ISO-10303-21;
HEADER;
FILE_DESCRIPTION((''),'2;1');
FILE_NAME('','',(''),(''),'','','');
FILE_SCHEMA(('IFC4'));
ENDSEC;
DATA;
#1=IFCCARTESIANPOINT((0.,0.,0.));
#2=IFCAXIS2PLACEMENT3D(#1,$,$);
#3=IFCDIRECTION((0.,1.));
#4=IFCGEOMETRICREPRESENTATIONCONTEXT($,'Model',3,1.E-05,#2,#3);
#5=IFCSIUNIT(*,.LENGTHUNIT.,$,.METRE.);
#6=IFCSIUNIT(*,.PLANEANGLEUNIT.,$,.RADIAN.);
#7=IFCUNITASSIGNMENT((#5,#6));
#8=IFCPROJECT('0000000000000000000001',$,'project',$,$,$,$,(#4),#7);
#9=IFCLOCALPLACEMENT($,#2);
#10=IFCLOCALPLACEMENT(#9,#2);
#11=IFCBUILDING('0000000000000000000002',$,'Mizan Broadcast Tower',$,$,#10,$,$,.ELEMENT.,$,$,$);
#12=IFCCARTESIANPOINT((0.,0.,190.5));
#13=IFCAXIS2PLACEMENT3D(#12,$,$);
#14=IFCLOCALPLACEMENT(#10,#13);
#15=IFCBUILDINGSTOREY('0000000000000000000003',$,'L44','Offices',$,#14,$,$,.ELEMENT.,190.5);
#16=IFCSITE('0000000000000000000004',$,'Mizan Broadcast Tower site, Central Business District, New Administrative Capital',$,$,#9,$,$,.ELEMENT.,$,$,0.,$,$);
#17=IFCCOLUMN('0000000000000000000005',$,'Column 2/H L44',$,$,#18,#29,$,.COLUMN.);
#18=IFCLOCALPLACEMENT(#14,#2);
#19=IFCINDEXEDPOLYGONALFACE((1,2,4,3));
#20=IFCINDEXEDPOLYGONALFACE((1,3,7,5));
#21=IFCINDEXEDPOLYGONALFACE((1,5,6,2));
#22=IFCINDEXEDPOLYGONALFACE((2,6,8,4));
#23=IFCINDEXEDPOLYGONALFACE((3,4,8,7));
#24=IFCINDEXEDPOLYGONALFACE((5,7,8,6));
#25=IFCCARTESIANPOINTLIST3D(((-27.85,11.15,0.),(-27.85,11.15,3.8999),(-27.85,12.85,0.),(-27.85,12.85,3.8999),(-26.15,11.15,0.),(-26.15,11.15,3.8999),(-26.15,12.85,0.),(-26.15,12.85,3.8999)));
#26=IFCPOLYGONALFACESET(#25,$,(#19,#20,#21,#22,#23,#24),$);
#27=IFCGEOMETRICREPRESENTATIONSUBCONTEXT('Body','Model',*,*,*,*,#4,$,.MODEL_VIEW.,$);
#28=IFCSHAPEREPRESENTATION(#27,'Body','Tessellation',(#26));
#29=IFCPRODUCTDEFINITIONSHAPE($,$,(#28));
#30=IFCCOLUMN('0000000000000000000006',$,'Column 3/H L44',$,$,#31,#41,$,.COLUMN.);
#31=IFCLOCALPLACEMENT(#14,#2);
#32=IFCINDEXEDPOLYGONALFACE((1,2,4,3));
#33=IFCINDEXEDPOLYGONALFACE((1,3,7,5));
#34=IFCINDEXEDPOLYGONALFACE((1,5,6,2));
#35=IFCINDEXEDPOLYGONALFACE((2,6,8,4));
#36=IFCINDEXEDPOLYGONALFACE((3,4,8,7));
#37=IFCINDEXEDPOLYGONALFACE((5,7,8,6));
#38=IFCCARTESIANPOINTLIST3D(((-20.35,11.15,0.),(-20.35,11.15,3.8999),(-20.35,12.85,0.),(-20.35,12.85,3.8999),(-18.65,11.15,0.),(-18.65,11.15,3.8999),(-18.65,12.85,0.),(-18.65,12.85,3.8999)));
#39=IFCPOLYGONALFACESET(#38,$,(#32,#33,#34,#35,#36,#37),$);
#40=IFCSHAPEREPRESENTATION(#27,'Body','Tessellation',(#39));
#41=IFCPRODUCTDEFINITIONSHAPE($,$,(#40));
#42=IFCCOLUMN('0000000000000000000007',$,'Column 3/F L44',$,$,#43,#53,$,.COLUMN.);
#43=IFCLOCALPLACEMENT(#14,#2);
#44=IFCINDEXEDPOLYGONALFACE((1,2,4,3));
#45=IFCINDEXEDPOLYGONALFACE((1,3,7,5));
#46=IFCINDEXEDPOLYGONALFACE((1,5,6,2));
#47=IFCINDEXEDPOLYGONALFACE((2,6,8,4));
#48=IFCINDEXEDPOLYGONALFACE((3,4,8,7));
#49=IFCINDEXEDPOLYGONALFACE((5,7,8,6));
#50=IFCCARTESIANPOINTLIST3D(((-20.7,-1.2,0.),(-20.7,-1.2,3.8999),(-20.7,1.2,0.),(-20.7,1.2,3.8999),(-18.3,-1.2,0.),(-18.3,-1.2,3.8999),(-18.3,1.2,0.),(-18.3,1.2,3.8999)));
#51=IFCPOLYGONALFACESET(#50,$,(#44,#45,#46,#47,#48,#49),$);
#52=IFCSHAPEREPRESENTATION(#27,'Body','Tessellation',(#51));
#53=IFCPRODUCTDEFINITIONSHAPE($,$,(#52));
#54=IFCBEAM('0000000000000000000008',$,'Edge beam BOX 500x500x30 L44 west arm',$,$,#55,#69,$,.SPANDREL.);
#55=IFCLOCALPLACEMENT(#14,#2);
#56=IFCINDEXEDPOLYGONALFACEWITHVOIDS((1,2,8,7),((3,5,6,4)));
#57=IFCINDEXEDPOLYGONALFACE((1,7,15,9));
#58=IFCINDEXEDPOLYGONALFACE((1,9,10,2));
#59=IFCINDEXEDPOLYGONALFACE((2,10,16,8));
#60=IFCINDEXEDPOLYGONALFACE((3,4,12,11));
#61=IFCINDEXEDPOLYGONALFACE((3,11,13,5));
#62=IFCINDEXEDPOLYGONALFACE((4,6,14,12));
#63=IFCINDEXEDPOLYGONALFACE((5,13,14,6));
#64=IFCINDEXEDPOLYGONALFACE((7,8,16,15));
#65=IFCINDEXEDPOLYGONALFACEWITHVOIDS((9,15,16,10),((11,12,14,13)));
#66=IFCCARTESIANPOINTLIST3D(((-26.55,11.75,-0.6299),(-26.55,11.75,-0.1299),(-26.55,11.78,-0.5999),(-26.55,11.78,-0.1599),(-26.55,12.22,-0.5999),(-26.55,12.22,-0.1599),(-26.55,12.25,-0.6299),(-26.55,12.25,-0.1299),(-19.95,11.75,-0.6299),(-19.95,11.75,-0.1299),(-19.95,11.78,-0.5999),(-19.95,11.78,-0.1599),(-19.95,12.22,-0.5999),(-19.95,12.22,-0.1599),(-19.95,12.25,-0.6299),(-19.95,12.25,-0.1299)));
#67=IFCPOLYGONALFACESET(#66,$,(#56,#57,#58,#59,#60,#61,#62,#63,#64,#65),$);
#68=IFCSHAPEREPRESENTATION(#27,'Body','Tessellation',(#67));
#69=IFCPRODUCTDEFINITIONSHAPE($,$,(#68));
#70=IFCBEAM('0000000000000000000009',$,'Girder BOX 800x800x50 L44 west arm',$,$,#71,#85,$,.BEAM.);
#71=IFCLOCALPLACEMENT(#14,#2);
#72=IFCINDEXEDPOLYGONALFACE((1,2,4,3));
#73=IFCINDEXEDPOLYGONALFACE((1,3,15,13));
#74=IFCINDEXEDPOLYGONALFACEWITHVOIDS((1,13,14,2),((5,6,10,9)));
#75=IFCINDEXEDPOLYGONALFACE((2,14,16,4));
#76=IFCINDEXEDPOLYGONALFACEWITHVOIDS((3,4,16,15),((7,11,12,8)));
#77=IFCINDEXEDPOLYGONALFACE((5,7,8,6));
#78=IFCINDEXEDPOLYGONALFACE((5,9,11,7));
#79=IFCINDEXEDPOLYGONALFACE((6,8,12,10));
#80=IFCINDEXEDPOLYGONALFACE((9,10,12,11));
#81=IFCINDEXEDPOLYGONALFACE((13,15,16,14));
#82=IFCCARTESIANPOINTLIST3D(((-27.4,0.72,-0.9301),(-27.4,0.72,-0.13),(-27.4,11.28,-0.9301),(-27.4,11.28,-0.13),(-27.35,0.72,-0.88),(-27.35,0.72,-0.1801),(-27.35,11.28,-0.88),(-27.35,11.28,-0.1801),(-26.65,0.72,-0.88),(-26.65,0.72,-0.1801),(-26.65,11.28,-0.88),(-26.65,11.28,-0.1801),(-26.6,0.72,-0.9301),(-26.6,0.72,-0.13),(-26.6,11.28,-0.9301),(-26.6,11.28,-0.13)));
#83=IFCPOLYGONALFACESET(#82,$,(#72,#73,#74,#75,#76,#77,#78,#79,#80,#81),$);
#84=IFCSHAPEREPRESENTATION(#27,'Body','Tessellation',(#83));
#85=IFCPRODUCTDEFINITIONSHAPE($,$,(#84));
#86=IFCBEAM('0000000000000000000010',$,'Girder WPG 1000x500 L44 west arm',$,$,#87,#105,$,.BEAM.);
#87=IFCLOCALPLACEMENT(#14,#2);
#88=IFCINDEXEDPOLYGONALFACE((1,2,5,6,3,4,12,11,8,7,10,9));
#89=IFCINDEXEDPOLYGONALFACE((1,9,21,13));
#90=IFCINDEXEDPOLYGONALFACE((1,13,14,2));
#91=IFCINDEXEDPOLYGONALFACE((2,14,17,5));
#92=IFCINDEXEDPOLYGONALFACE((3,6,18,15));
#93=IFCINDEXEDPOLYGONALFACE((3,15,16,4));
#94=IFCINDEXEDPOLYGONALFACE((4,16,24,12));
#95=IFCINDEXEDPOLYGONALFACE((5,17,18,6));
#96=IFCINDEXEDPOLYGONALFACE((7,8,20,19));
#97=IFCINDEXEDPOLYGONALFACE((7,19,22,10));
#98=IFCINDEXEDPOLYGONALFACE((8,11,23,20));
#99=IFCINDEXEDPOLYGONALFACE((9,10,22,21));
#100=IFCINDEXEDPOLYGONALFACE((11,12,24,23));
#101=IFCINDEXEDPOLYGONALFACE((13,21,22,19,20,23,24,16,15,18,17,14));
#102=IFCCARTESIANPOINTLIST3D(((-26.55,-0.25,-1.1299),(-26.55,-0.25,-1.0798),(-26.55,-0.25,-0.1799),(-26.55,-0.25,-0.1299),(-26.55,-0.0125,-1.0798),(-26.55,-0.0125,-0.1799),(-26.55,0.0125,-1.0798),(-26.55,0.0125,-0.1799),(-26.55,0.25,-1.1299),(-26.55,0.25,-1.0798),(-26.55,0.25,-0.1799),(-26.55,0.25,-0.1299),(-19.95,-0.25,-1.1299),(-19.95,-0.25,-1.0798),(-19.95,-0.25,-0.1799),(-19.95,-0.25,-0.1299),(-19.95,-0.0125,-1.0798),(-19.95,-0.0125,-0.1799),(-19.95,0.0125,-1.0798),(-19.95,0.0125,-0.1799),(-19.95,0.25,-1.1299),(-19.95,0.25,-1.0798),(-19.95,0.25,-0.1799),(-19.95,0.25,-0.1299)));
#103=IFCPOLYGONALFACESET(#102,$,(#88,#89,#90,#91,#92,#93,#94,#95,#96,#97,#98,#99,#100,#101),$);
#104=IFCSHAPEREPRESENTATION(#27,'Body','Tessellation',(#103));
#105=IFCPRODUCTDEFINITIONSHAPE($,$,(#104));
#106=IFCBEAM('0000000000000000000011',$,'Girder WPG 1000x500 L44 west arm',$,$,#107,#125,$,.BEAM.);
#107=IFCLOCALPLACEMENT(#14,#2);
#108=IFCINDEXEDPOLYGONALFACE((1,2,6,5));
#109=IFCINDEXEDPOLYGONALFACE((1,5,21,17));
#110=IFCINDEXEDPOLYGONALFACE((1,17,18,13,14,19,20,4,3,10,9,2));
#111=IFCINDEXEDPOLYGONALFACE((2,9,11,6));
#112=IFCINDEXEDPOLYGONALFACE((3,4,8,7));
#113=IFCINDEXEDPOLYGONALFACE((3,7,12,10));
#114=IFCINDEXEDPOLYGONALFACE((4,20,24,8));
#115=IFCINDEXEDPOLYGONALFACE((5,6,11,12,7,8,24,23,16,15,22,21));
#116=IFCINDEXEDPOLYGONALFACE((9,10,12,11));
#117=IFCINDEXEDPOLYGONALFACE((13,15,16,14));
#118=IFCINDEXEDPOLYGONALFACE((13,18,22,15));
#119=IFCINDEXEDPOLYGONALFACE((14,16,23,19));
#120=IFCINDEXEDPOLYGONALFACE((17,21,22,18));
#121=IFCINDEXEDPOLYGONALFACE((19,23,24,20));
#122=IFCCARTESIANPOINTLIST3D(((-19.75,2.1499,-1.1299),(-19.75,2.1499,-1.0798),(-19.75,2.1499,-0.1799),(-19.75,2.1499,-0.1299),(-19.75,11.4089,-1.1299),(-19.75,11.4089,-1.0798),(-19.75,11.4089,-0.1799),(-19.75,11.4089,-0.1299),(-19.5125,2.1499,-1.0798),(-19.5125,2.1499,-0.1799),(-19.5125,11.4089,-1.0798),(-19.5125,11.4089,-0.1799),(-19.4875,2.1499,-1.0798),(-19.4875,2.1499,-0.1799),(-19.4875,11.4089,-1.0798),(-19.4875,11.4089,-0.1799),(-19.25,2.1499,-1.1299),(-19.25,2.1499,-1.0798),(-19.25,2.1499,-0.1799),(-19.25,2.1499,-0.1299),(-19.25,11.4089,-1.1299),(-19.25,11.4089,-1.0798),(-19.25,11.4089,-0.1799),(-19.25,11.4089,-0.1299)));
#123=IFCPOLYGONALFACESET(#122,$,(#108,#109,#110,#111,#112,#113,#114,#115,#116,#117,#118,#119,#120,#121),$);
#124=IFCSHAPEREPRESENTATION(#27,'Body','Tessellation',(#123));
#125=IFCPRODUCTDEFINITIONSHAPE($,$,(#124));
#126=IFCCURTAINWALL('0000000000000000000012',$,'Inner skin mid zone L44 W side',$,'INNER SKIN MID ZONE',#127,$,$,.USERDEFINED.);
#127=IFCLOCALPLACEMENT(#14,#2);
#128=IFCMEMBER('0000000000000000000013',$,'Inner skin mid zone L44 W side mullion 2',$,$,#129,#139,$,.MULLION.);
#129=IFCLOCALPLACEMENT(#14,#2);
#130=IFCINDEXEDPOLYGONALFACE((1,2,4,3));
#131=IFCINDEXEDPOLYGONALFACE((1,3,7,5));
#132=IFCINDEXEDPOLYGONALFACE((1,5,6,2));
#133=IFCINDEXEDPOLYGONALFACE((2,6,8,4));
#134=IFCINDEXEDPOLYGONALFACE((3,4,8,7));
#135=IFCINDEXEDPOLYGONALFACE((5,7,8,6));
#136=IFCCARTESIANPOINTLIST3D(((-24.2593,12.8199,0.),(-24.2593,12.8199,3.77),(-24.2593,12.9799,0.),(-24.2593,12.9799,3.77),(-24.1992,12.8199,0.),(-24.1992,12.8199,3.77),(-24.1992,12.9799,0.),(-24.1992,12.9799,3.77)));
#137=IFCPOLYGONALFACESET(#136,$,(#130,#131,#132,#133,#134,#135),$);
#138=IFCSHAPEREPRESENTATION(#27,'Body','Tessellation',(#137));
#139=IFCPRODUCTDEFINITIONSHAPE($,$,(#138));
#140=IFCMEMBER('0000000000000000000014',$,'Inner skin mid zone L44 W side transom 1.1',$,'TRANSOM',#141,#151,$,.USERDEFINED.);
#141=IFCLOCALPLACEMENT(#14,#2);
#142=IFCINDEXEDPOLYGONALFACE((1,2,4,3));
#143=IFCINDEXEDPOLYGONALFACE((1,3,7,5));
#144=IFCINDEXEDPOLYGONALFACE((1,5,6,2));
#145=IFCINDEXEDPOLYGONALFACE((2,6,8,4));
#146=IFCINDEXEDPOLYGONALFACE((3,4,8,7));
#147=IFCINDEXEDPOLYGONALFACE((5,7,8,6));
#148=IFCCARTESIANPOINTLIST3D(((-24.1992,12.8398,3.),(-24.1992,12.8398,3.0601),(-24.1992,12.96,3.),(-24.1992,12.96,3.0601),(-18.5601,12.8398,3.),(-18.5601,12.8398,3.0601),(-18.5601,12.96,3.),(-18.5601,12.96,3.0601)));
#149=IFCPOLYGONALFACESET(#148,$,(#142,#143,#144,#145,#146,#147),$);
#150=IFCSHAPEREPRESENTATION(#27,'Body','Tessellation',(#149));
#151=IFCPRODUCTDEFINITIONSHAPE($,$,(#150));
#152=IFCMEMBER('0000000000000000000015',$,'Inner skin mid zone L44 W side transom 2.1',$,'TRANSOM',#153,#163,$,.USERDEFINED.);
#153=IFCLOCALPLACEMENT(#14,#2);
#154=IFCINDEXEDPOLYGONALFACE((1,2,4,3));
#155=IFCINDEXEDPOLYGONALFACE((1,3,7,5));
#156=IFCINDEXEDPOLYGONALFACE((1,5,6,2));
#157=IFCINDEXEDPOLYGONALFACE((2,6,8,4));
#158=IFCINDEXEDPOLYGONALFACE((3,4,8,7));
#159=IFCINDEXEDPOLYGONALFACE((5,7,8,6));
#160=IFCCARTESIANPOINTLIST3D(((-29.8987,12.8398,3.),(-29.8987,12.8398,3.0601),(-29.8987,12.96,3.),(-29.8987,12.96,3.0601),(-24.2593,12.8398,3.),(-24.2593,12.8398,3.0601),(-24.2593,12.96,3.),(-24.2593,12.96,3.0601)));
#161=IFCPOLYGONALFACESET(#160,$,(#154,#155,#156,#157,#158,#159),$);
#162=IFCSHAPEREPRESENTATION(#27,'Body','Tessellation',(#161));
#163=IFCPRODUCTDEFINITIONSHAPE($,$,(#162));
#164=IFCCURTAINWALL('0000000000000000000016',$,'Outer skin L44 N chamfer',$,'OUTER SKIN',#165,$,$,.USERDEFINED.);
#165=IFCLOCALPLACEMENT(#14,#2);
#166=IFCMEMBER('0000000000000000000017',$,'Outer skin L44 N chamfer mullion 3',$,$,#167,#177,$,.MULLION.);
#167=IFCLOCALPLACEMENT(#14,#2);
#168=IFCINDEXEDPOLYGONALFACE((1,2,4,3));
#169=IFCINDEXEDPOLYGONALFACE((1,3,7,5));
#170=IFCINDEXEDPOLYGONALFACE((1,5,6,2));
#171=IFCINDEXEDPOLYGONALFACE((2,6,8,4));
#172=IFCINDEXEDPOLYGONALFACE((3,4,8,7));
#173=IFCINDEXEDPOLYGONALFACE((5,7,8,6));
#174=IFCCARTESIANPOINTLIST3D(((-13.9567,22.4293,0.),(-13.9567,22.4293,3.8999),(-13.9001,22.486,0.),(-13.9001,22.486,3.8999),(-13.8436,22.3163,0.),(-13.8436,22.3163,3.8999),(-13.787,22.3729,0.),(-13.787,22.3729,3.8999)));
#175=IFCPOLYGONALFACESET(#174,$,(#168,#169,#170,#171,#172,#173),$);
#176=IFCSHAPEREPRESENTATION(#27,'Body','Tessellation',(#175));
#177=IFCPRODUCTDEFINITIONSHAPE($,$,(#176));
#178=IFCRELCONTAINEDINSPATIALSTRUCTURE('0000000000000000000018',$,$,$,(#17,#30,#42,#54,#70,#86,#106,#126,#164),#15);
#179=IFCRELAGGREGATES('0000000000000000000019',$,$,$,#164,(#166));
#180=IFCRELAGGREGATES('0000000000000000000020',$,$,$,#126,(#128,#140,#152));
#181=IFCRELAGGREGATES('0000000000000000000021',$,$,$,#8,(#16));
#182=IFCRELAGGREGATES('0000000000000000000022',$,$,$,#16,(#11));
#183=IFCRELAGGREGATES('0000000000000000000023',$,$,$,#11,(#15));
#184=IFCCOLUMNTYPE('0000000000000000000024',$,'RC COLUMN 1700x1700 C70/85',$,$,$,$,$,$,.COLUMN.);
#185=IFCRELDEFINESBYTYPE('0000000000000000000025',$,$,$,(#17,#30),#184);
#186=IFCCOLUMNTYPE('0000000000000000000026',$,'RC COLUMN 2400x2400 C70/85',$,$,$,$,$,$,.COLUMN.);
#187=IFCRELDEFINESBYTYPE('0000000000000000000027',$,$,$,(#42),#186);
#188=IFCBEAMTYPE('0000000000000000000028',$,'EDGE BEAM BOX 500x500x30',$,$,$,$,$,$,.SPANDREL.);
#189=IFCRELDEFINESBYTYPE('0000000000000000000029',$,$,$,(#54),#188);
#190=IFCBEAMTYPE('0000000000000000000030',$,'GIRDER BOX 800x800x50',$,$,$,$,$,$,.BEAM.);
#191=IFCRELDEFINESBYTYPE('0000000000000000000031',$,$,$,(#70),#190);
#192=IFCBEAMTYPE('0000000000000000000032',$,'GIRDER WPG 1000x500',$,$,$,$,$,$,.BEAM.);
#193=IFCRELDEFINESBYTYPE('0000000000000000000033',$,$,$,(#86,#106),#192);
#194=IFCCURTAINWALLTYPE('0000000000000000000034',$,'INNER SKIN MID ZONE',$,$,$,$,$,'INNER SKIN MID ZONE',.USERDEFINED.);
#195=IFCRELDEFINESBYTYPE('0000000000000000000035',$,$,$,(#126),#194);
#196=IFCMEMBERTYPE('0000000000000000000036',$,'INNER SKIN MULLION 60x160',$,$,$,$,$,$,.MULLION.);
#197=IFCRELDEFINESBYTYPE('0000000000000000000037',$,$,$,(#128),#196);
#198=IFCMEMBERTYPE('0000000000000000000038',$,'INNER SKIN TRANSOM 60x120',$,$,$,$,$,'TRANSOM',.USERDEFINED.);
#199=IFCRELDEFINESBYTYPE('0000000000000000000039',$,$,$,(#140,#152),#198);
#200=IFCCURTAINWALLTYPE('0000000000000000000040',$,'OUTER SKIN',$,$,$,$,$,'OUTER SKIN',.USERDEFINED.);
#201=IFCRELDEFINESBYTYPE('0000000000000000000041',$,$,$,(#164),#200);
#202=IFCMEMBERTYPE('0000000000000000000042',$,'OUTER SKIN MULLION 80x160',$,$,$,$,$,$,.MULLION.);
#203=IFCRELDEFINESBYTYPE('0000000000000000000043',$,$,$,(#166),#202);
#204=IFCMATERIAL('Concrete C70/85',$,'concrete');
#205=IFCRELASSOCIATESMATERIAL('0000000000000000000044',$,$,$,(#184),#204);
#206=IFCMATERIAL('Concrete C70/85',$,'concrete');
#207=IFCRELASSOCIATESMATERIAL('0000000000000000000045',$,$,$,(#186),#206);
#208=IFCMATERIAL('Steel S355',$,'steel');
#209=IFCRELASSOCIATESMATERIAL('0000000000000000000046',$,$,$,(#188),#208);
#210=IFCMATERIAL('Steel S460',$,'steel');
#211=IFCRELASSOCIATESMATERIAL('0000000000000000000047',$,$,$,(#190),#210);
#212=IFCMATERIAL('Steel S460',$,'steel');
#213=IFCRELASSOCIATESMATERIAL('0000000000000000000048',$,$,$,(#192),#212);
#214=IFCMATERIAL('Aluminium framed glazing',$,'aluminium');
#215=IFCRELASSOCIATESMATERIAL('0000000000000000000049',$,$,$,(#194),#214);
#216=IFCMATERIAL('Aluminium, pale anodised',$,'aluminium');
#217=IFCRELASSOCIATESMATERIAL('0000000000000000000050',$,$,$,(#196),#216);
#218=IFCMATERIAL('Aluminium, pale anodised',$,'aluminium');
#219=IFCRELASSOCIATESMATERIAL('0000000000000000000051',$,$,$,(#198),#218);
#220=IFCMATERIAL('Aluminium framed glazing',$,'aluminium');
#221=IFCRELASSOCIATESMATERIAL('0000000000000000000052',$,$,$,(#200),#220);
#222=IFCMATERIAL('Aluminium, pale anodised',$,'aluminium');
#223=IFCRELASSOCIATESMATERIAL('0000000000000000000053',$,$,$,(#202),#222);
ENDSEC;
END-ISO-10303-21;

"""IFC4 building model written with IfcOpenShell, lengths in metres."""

from ifc_helpers import new_model, si_unit, direction, frame, origin, origin_2d, place, context, subcontext, project, spatial, rectangle, hollow_rectangle, i_section, extrude, material, material_profile, profile_set, type_object, element, aggregate, save


model = new_model("IFC4")

# Units and contexts
model_context = context("Model", 3, precision=1e-05, world=origin(), true_north=direction((0.0, 1.0)))
body_context = subcontext(model_context, "Body", "Model", "MODEL_VIEW")
ifc_project = project(units=[si_unit("LENGTHUNIT", "METRE"), si_unit("PLANEANGLEUNIT", "RADIAN")], contexts=[model_context])

# Site, building, storey
site_placement = place(None, origin())
site = spatial("IfcSite", under=ifc_project, at=site_placement, Name="Mizan Broadcast Tower site, Central Business District, New Administrative Capital", CompositionType="ELEMENT", RefElevation=0.0)
building_placement = place(site_placement, origin())
building = spatial("IfcBuilding", under=site, at=building_placement, Name="Mizan Broadcast Tower", CompositionType="ELEMENT")
storey_placement = place(building_placement, frame((0.0, 0.0, 190.5)))
storey = spatial("IfcBuildingStorey", under=building, at=storey_placement, Name="L44", Description="Offices", CompositionType="ELEMENT", Elevation=190.5)

# Columns
ifc_material_1 = material(Name="Concrete C70/85", Category="concrete")
ifc_material_profile_1 = material_profile(ifc_material_1, rectangle(XDim=1.7, YDim=1.7, at=origin_2d()), Name="RC 1700x1700")
ifc_profile_set_1 = profile_set([ifc_material_profile_1], Name="Concrete C70/85")
column_type_1 = type_object("IfcColumnType", Name="RC COLUMN 1700x1700 C70/85", PredefinedType="COLUMN", material=ifc_profile_set_1)
for number, where, z_axis, x_axis, name in (
    (1, (-27.0, 12.0, 0.0), (0.0, 0.0, 1.0), (1.0, 0.0, 0.0), "Column 2/H L44"),
    (2, (-19.5, 12.0, 0.0), (0.0, 0.0, 1.0), (1.0, 0.0, 0.0), "Column 3/H L44"),
):
    element("IfcColumn", number, at=place(storey_placement, frame(where, z_axis=z_axis, x_axis=x_axis)), inside=storey, type_object=column_type_1, Name=name, PredefinedType="COLUMN", context=body_context, shape_type="SweptSolid", body=[
        extrude(rectangle(XDim=1.7, YDim=1.7, at=origin_2d()), origin(), (0.0, 0.0, 1.0), 3.8999),
    ])
ifc_material_2 = material(Name="Concrete C70/85", Category="concrete")
ifc_material_profile_2 = material_profile(ifc_material_2, rectangle(XDim=2.3999, YDim=2.3999, at=origin_2d()), Name="RC 2400x2400")
ifc_profile_set_2 = profile_set([ifc_material_profile_2], Name="Concrete C70/85")
column_type_2 = type_object("IfcColumnType", Name="RC COLUMN 2400x2400 C70/85", PredefinedType="COLUMN", material=ifc_profile_set_2)
column_placement = place(storey_placement, frame((-19.5, 0.0, 0.0), z_axis=(0.0, 0.0, 1.0), x_axis=(1.0, 0.0, 0.0)))
element("IfcColumn", 3, at=column_placement, inside=storey, type_object=column_type_2, Name="Column 3/F L44", PredefinedType="COLUMN", context=body_context, shape_type="SweptSolid", body=[
    extrude(rectangle(XDim=2.3999, YDim=2.3999, at=origin_2d()), origin(), (0.0, 0.0, 1.0), 3.8999),
])

# Beams
ifc_material_3 = material(Name="Steel S355", Category="steel")
ifc_material_profile_3 = material_profile(ifc_material_3, hollow_rectangle(XDim=0.5, YDim=0.5, WallThickness=0.03, at=origin_2d()), Name="BOX 500x500x30")
ifc_profile_set_3 = profile_set([ifc_material_profile_3], Name="Steel S355")
beam_type_1 = type_object("IfcBeamType", Name="EDGE BEAM BOX 500x500x30", PredefinedType="SPANDREL", material=ifc_profile_set_3)
beam_1_placement = place(storey_placement, frame((-19.95, 12.0, -0.3799), z_axis=(-1.0, 0.0, 0.0), x_axis=(0.0, -1.0, 0.0)))
element("IfcBeam", 4, at=beam_1_placement, inside=storey, type_object=beam_type_1, Name="Edge beam BOX 500x500x30 L44 west arm", PredefinedType="SPANDREL", context=body_context, shape_type="SweptSolid", body=[
    extrude(hollow_rectangle(XDim=0.5, YDim=0.5, WallThickness=0.03, at=origin_2d()), origin(), (0.0, 0.0, 1.0), 6.6001),
])
ifc_material_4 = material(Name="Steel S460", Category="steel")
ifc_material_profile_4 = material_profile(ifc_material_4, hollow_rectangle(XDim=0.8, YDim=0.8, WallThickness=0.05, at=origin_2d()), Name="BOX 800x800x50")
ifc_profile_set_4 = profile_set([ifc_material_profile_4], Name="Steel S460")
beam_type_2 = type_object("IfcBeamType", Name="GIRDER BOX 800x800x50", PredefinedType="BEAM", material=ifc_profile_set_4)
beam_2_placement = place(storey_placement, frame((-27.0, 11.28, -0.53), z_axis=(0.0, -1.0, 0.0), x_axis=(1.0, 0.0, 0.0)))
element("IfcBeam", 5, at=beam_2_placement, inside=storey, type_object=beam_type_2, Name="Girder BOX 800x800x50 L44 west arm", PredefinedType="BEAM", context=body_context, shape_type="SweptSolid", body=[
    extrude(hollow_rectangle(XDim=0.8, YDim=0.8, WallThickness=0.05, at=origin_2d()), origin(), (0.0, 0.0, 1.0), 10.5601),
])
ifc_material_5 = material(Name="Steel S460", Category="steel")
ifc_material_profile_5 = material_profile(ifc_material_5, i_section(OverallWidth=0.5, OverallDepth=1.0, WebThickness=0.0249, FlangeThickness=0.05, at=origin_2d()), Name="WPG 1000x500")
ifc_profile_set_5 = profile_set([ifc_material_profile_5], Name="Steel S460")
beam_type_3 = type_object("IfcBeamType", Name="GIRDER WPG 1000x500", PredefinedType="BEAM", material=ifc_profile_set_5)
beam_3_placement = place(storey_placement, frame((-19.95, 0.0, -0.6299), z_axis=(-1.0, 0.0, 0.0), x_axis=(0.0, -1.0, 0.0)))
element("IfcBeam", 6, at=beam_3_placement, inside=storey, type_object=beam_type_3, Name="Girder WPG 1000x500 L44 west arm", PredefinedType="BEAM", context=body_context, shape_type="SweptSolid", body=[
    extrude(i_section(OverallWidth=0.5, OverallDepth=1.0, WebThickness=0.0249, FlangeThickness=0.05, at=origin_2d()), origin(), (0.0, 0.0, 1.0), 6.6001),
])
beam_4_placement = place(storey_placement, frame((-19.5, 11.4089, -0.6299), z_axis=(0.0, -1.0, 0.0), x_axis=(1.0, 0.0, 0.0)))
element("IfcBeam", 7, at=beam_4_placement, inside=storey, type_object=beam_type_3, Name="Girder WPG 1000x500 L44 west arm", PredefinedType="BEAM", context=body_context, shape_type="SweptSolid", body=[
    extrude(i_section(OverallWidth=0.5, OverallDepth=1.0, WebThickness=0.0249, FlangeThickness=0.05, at=origin_2d()), origin(), (0.0, 0.0, 1.0), 9.259),
])

# Curtain wall, members
ifc_material_6 = material(Name="Aluminium framed glazing", Category="aluminium")
curtain_wall_type_1 = type_object("IfcCurtainWallType", Name="INNER SKIN MID ZONE", ElementType="INNER SKIN MID ZONE", PredefinedType="USERDEFINED", material=ifc_material_6)
curtain_wall_1_placement = place(storey_placement, origin())
curtain_wall_1 = element("IfcCurtainWall", 8, at=curtain_wall_1_placement, inside=storey, type_object=curtain_wall_type_1, Name="Inner skin mid zone L44 W side", ObjectType="INNER SKIN MID ZONE", PredefinedType="USERDEFINED")
ifc_material_7 = material(Name="Aluminium, pale anodised", Category="aluminium")
ifc_material_profile_6 = material_profile(ifc_material_7, rectangle(XDim=0.1599, YDim=0.0601, at=origin_2d()), Name="MULLION 160x60")
ifc_profile_set_6 = profile_set([ifc_material_profile_6], Name="Aluminium, pale anodised")
member_type_1 = type_object("IfcMemberType", Name="INNER SKIN MULLION 60x160", PredefinedType="MULLION", material=ifc_profile_set_6)
member_1_placement = place(storey_placement, frame((-24.2292, 12.8999, 0.0), z_axis=(0.0, 0.0, 1.0), x_axis=(0.0, -1.0, 0.0)))
member_1 = element("IfcMember", 9, at=member_1_placement, type_object=member_type_1, Name="Inner skin mid zone L44 W side mullion 2", PredefinedType="MULLION", context=body_context, shape_type="SweptSolid", body=[
    extrude(rectangle(XDim=0.1599, YDim=0.0601, at=origin_2d()), origin(), (0.0, 0.0, 1.0), 3.77),
])
ifc_material_8 = material(Name="Aluminium, pale anodised", Category="aluminium")
ifc_material_profile_7 = material_profile(ifc_material_8, rectangle(XDim=0.1201, YDim=0.0601, at=origin_2d()), Name="TRANSOM 120x60")
ifc_profile_set_7 = profile_set([ifc_material_profile_7], Name="Aluminium, pale anodised")
member_type_2 = type_object("IfcMemberType", Name="INNER SKIN TRANSOM 60x120", ElementType="TRANSOM", PredefinedType="USERDEFINED", material=ifc_profile_set_7)
member_2_placement = place(storey_placement, frame((-18.5601, 12.8999, 3.03), z_axis=(-1.0, 0.0, 0.0), x_axis=(0.0, -1.0, 0.0)))
member_2 = element("IfcMember", 10, at=member_2_placement, type_object=member_type_2, Name="Inner skin mid zone L44 W side transom 1.1", ObjectType="TRANSOM", PredefinedType="USERDEFINED", context=body_context, shape_type="SweptSolid", body=[
    extrude(rectangle(XDim=0.1201, YDim=0.0601, at=origin_2d()), origin(), (0.0, 0.0, 1.0), 5.6392),
])
member_3_placement = place(storey_placement, frame((-24.2593, 12.8999, 3.03), z_axis=(-1.0, 0.0, 0.0), x_axis=(0.0, -1.0, 0.0)))
member_3 = element("IfcMember", 11, at=member_3_placement, type_object=member_type_2, Name="Inner skin mid zone L44 W side transom 2.1", ObjectType="TRANSOM", PredefinedType="USERDEFINED", context=body_context, shape_type="SweptSolid", body=[
    extrude(rectangle(XDim=0.1201, YDim=0.0601, at=origin_2d()), origin(), (0.0, 0.0, 1.0), 5.6394),
])

# Curtain wall, member
ifc_material_9 = material(Name="Aluminium framed glazing", Category="aluminium")
curtain_wall_type_2 = type_object("IfcCurtainWallType", Name="OUTER SKIN", ElementType="OUTER SKIN", PredefinedType="USERDEFINED", material=ifc_material_9)
curtain_wall_2_placement = place(storey_placement, origin())
curtain_wall_2 = element("IfcCurtainWall", 12, at=curtain_wall_2_placement, inside=storey, type_object=curtain_wall_type_2, Name="Outer skin L44 N chamfer", ObjectType="OUTER SKIN", PredefinedType="USERDEFINED")
ifc_material_10 = material(Name="Aluminium, pale anodised", Category="aluminium")
ifc_material_profile_8 = material_profile(ifc_material_10, rectangle(XDim=0.1599, YDim=0.0801, at=origin_2d()), Name="MULLION 160x80")
ifc_profile_set_8 = profile_set([ifc_material_profile_8], Name="Aluminium, pale anodised")
member_type_3 = type_object("IfcMemberType", Name="OUTER SKIN MULLION 80x160", PredefinedType="MULLION", material=ifc_profile_set_8)
member_4_placement = place(storey_placement, frame((-13.8718, 22.4011, 0.0), z_axis=(0.0, 0.0, 1.0), x_axis=(0.707107, -0.707107, 0.0)))
member_4 = element("IfcMember", 13, at=member_4_placement, type_object=member_type_3, Name="Outer skin L44 N chamfer mullion 3", PredefinedType="MULLION", context=body_context, shape_type="SweptSolid", body=[
    extrude(rectangle(XDim=0.1599, YDim=0.0801, at=origin_2d()), origin(), (0.0, 0.0, 1.0), 3.8999),
])
aggregate(curtain_wall_2, [member_4])

aggregate(curtain_wall_1, [member_1, member_2, member_3])

save(model, "model.ifc")
